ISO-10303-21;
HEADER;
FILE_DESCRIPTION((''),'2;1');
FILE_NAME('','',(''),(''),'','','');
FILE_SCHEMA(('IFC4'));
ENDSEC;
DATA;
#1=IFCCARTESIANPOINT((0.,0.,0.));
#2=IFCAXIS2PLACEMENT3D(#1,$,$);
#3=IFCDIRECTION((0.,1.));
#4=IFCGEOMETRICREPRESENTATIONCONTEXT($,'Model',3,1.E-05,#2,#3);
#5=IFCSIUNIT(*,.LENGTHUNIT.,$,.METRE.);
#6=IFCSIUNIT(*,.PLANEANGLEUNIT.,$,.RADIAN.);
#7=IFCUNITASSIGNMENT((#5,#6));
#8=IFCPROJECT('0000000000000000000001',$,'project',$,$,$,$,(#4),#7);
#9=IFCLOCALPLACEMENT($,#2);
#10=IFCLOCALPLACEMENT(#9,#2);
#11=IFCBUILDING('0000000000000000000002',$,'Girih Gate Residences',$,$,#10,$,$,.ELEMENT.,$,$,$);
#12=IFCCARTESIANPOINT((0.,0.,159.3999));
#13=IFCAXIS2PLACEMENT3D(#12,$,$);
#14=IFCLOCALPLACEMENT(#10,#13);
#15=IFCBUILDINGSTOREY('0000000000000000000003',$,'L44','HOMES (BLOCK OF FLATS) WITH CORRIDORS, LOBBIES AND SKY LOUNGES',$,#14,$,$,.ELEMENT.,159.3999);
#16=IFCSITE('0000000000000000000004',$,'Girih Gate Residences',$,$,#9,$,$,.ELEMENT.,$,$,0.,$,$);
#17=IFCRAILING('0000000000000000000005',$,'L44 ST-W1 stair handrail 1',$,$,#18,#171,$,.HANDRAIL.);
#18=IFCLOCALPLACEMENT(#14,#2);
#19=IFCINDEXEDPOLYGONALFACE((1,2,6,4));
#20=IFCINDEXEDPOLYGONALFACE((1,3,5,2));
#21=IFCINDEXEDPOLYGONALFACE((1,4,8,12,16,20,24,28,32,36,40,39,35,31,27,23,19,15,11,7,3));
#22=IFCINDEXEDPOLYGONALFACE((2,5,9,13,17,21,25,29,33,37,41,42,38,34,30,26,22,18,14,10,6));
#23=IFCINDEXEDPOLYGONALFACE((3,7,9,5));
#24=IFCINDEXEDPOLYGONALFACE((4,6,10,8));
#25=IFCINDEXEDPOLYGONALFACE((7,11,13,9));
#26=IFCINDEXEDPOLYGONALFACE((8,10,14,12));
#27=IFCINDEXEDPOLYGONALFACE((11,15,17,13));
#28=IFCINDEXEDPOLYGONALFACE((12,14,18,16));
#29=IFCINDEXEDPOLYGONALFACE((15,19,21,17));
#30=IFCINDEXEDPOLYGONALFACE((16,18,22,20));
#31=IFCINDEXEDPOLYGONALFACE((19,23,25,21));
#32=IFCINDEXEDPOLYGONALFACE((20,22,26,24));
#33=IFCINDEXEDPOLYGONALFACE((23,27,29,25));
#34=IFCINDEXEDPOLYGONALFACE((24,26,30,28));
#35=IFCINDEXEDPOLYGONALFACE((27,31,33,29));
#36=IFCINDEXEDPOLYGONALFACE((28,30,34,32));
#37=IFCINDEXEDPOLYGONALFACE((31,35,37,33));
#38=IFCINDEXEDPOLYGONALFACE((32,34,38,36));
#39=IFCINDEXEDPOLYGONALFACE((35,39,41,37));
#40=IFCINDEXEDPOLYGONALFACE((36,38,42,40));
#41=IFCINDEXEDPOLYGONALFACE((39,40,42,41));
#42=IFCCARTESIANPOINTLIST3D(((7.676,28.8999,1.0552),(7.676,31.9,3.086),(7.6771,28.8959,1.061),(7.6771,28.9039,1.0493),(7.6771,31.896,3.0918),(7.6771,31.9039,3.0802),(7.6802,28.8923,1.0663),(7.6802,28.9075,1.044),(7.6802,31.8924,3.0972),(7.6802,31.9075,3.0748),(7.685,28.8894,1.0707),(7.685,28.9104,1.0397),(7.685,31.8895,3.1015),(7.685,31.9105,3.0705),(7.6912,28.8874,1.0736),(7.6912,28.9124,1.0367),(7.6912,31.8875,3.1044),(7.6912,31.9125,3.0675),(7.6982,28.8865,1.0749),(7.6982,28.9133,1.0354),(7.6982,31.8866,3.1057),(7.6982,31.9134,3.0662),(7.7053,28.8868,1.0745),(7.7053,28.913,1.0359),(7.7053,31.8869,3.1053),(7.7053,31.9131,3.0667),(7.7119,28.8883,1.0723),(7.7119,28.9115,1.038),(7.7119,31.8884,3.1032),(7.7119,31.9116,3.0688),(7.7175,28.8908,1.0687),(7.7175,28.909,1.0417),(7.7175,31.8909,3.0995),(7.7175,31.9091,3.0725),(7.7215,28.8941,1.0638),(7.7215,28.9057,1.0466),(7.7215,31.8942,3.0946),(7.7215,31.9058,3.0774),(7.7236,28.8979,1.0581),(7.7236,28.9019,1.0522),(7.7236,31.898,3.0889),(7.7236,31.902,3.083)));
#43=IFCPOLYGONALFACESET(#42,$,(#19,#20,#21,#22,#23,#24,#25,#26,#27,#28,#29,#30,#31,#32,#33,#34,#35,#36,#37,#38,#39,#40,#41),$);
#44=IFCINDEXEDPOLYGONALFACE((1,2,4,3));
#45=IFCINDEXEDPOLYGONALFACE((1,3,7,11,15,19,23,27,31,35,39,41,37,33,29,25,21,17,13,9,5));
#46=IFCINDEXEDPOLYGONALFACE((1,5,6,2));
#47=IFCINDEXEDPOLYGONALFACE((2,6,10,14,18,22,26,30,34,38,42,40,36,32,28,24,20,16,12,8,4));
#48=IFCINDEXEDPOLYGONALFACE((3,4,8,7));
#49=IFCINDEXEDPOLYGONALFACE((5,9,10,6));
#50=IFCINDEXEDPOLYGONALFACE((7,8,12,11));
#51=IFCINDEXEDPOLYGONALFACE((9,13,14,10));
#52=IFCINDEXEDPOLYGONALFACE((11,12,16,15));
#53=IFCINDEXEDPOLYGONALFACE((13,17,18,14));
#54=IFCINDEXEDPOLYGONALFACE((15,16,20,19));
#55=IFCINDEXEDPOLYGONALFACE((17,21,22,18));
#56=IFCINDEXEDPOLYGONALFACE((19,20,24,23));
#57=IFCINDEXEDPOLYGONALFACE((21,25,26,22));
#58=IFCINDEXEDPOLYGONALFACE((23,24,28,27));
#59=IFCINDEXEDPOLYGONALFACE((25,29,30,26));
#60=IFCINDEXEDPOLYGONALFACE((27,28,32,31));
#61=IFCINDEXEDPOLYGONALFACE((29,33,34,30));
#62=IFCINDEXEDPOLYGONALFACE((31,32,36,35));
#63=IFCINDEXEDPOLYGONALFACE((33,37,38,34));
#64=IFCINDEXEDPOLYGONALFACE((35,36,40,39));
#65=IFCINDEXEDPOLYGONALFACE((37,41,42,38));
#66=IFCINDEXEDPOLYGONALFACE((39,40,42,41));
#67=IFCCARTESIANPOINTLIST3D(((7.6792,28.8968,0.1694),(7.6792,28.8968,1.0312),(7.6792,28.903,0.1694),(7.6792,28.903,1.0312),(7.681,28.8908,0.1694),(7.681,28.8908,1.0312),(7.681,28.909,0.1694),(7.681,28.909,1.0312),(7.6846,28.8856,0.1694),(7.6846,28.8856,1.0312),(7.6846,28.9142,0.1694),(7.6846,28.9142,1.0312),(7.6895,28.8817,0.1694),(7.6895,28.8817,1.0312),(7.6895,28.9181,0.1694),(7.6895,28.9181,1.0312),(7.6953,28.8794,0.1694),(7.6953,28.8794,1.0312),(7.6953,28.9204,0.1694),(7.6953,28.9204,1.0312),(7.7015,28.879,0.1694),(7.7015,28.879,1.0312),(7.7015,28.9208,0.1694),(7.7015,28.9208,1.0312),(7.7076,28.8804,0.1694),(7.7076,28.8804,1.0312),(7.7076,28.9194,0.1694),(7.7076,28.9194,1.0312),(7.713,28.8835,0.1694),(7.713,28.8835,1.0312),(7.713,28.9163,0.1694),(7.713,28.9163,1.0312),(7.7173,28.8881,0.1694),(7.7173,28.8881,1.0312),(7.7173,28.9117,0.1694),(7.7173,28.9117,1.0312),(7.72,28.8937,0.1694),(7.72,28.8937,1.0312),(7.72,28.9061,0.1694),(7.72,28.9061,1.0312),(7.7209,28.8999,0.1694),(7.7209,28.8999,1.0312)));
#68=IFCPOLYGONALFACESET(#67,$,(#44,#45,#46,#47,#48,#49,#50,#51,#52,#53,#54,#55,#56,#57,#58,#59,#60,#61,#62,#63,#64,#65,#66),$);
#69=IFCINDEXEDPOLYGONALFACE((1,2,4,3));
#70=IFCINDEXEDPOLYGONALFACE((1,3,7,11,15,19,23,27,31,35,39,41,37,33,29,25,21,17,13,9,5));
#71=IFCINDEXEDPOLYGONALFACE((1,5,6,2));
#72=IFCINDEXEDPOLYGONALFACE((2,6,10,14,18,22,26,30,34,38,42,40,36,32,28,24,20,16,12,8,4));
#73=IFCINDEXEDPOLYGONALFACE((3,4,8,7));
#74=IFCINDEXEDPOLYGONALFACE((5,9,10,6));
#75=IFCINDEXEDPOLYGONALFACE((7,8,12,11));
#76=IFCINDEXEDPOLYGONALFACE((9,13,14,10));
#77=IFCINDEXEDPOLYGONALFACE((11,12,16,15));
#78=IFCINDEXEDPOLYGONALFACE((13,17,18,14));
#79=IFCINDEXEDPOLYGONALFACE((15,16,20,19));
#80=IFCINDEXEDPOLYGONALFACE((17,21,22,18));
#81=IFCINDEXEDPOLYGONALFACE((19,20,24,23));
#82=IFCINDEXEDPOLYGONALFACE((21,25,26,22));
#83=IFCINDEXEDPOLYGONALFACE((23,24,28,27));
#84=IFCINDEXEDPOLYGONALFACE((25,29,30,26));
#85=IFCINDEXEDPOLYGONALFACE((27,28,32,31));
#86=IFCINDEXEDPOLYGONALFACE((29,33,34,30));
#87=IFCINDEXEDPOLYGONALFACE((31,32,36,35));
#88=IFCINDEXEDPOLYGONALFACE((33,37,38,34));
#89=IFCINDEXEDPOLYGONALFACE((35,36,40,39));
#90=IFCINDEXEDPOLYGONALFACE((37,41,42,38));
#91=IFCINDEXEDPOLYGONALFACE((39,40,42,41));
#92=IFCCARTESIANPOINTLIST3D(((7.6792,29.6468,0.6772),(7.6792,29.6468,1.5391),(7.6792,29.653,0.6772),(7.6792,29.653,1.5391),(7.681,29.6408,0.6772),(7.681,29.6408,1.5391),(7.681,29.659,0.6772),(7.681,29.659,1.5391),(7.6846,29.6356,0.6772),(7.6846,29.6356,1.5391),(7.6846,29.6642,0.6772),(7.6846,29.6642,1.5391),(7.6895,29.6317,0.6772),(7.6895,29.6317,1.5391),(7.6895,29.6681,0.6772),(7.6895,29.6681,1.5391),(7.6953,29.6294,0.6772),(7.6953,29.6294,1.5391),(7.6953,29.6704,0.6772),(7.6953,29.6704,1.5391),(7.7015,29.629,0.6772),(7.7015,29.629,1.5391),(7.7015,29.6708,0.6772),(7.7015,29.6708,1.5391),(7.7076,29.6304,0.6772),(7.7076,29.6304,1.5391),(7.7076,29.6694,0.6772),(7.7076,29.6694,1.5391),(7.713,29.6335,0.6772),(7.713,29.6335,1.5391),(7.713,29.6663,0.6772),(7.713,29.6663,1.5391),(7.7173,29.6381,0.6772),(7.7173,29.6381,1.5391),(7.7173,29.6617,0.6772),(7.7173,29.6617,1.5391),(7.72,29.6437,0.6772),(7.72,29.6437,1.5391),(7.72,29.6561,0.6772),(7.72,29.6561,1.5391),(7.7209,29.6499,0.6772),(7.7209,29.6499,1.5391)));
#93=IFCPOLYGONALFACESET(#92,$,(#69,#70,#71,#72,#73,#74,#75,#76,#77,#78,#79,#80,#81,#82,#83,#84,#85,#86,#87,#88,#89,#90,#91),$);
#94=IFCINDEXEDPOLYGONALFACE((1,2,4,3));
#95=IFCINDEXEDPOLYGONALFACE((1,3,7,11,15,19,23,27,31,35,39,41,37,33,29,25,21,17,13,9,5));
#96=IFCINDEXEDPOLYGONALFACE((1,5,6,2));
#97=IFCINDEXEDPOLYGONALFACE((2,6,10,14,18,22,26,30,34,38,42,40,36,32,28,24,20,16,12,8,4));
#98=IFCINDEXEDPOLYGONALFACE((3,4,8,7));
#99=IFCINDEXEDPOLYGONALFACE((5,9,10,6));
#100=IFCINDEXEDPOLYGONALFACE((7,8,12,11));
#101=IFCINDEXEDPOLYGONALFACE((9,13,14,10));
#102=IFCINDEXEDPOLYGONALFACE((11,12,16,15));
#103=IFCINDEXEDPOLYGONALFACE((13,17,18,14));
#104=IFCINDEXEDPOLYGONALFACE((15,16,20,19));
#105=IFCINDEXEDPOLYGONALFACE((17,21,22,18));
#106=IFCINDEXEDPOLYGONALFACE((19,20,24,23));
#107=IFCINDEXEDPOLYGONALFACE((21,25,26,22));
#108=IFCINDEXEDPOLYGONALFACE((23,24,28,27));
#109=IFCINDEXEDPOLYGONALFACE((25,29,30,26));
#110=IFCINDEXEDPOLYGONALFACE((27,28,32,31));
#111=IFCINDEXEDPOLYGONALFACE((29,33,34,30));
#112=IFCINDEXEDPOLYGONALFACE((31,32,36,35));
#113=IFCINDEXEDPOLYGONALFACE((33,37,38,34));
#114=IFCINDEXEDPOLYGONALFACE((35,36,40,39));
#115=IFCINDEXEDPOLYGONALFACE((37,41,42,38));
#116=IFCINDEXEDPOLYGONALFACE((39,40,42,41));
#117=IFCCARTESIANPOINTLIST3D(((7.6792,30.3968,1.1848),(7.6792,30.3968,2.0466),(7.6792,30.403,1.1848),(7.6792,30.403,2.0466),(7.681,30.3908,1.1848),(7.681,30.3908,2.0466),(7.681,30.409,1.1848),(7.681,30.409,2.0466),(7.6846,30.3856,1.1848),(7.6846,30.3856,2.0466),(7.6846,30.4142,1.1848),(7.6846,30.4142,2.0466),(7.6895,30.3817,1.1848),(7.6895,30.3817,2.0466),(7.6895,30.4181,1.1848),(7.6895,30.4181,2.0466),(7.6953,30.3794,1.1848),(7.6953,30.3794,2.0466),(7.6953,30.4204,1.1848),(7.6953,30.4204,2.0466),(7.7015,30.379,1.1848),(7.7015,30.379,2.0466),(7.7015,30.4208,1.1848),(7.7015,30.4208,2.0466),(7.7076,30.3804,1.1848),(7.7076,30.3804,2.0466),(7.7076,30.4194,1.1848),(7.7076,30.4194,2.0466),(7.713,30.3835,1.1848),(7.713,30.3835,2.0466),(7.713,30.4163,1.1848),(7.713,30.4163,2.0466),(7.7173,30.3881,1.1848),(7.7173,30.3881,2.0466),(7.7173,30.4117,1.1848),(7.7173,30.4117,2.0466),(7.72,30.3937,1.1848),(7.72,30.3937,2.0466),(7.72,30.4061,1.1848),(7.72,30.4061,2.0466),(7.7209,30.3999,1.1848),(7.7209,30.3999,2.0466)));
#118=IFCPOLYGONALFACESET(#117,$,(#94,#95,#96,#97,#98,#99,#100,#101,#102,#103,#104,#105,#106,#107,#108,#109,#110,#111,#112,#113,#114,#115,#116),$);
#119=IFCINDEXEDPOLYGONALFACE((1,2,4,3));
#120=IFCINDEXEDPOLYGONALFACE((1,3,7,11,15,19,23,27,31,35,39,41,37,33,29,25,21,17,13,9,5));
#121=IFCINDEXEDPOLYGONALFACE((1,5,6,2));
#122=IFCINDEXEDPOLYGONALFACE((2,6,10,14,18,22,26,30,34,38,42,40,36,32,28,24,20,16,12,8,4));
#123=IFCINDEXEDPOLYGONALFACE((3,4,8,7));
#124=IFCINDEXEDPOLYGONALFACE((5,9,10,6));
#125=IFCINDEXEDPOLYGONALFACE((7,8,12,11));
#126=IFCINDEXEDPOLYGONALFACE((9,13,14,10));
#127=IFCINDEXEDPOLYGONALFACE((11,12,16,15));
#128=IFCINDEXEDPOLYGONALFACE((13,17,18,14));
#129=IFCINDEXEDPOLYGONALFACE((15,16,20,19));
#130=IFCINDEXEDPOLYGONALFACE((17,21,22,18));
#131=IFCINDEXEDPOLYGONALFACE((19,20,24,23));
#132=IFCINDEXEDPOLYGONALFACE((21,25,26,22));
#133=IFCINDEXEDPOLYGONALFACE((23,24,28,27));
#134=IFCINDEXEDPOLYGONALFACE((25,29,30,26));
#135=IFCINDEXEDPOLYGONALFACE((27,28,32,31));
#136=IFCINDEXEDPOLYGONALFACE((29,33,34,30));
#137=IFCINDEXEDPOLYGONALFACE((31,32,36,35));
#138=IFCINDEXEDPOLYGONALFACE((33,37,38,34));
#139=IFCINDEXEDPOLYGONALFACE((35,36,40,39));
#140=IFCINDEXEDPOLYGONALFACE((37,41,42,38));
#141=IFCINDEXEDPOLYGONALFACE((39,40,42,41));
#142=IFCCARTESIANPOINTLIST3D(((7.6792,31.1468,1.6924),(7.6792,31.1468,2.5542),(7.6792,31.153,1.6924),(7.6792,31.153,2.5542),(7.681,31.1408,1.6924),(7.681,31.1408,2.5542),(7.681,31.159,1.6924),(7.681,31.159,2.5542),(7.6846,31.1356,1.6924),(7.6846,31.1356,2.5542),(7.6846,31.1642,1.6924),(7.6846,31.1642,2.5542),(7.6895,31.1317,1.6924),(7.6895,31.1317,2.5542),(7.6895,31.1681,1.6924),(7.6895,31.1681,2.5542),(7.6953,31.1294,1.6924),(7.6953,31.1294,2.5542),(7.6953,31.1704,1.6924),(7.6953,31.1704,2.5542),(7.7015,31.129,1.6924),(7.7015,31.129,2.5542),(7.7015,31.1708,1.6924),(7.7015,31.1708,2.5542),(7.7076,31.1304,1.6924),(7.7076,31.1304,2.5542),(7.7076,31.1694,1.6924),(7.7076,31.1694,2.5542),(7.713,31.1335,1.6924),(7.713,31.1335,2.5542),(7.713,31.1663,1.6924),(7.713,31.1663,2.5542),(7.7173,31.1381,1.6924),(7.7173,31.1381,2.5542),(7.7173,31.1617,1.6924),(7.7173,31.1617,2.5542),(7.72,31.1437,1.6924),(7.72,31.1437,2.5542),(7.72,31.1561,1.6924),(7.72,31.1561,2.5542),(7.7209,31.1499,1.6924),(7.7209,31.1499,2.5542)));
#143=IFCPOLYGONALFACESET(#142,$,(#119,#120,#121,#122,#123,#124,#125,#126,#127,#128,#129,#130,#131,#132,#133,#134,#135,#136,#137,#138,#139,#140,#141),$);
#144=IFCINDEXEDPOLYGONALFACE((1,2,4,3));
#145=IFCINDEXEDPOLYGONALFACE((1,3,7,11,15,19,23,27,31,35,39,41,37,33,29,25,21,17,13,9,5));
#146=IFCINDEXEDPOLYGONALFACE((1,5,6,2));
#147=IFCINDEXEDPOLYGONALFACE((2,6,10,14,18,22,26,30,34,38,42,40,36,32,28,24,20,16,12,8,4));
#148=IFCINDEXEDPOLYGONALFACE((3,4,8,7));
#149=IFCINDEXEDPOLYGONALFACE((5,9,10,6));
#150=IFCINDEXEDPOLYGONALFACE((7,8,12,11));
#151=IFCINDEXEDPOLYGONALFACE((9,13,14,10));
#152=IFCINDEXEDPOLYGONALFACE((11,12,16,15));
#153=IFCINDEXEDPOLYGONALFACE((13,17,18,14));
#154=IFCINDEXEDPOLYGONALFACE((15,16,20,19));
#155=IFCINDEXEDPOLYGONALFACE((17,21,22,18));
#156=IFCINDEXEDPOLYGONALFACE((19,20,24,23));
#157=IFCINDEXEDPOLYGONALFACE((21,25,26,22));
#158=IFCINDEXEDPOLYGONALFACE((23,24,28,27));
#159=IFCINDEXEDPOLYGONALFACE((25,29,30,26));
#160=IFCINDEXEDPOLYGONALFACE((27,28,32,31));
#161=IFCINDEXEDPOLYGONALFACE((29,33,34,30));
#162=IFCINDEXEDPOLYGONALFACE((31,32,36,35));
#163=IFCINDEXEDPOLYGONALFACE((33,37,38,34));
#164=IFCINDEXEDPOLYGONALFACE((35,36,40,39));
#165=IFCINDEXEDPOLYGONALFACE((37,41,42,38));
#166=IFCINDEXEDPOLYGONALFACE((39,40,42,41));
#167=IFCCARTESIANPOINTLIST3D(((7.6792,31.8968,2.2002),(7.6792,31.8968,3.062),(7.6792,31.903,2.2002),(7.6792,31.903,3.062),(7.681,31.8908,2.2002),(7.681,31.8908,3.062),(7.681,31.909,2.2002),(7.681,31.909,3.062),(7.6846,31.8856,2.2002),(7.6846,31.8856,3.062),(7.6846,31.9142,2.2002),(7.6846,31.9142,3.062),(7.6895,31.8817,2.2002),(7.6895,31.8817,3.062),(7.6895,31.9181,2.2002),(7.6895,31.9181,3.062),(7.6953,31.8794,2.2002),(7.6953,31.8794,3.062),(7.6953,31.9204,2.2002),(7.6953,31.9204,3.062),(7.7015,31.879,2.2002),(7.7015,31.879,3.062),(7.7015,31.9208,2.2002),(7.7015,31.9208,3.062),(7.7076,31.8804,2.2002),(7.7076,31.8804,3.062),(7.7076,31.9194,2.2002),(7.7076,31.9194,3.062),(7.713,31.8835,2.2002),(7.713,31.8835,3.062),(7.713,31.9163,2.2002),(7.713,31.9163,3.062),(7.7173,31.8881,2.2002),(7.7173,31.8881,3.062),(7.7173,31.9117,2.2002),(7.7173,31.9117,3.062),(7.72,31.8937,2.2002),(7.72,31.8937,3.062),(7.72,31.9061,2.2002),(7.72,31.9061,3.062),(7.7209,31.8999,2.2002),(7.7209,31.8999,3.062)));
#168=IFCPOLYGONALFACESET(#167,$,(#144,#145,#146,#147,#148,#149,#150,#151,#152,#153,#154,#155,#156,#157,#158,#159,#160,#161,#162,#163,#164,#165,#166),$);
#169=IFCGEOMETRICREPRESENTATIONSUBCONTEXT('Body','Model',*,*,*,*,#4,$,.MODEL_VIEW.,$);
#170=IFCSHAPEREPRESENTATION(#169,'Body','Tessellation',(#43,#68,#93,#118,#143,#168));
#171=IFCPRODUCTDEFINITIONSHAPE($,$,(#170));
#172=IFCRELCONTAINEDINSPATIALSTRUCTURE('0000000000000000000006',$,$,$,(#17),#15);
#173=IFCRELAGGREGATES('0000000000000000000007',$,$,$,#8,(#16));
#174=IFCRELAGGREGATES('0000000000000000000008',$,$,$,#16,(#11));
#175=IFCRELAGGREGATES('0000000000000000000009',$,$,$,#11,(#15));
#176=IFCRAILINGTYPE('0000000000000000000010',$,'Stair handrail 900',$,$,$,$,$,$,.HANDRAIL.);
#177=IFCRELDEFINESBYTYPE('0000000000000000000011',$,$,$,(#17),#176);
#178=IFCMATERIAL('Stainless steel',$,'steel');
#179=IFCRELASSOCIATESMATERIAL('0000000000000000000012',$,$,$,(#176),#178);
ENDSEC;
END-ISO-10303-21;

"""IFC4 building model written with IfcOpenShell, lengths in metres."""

from ifc_helpers import new_model, si_unit, direction, frame, origin, origin_2d, place, context, subcontext, project, spatial, circle, extrude, material, type_object, element, save


model = new_model("IFC4")

# Units and contexts
model_context = context("Model", 3, precision=1e-05, world=origin(), true_north=direction((0.0, 1.0)))
body_context = subcontext(model_context, "Body", "Model", "MODEL_VIEW")
ifc_project = project(units=[si_unit("LENGTHUNIT", "METRE"), si_unit("PLANEANGLEUNIT", "RADIAN")], contexts=[model_context])

# Site, building, storey
site_placement = place(None, origin())
site = spatial("IfcSite", under=ifc_project, at=site_placement, Name="Girih Gate Residences", CompositionType="ELEMENT", RefElevation=0.0)
building_placement = place(site_placement, origin())
building = spatial("IfcBuilding", under=site, at=building_placement, Name="Girih Gate Residences", CompositionType="ELEMENT")
storey_placement = place(building_placement, frame((0.0, 0.0, 159.3999)))
storey = spatial("IfcBuildingStorey", under=building, at=storey_placement, Name="L44", Description="HOMES (BLOCK OF FLATS) WITH CORRIDORS, LOBBIES AND SKY LOUNGES", CompositionType="ELEMENT", Elevation=159.3999)

# Railing
ifc_material_1 = material(Name="Stainless steel", Category="steel")
railing_type_1 = type_object("IfcRailingType", Name="Stair handrail 900", PredefinedType="HANDRAIL", material=ifc_material_1)
for number, where, name in (
    (1, (7.7, 28.8999, 0.1694), "L44 ST-W1 stair handrail 1"),
):
    element("IfcRailing", number, at=place(storey_placement, frame(where)), inside=storey, type_object=railing_type_1, Name=name, PredefinedType="HANDRAIL", context=body_context, shape_type="SweptSolid", body=[
        extrude(circle(Radius=0.0239, at=origin_2d()), frame((0.0, 0.0, 0.8857), z_axis=(0.0, 0.82811, 0.560565), x_axis=(-1.0, 0.0, 0.0)), (0.0, 0.0, 1.0), 3.6228),
        extrude(circle(Radius=0.021, at=origin_2d()), origin(), (0.0, 0.0, 1.0), 0.8618),
        extrude(circle(Radius=0.021, at=origin_2d()), frame((0.0, 0.75, 0.5078)), (0.0, 0.0, 1.0), 0.8618),
        extrude(circle(Radius=0.021, at=origin_2d()), frame((0.0, 1.5, 1.0154)), (0.0, 0.0, 1.0), 0.8618),
        extrude(circle(Radius=0.021, at=origin_2d()), frame((0.0, 2.25, 1.5229)), (0.0, 0.0, 1.0), 0.8618),
        extrude(circle(Radius=0.021, at=origin_2d()), frame((0.0, 3.0, 2.0308)), (0.0, 0.0, 1.0), 0.8618),
    ])

save(model, "model.ifc")
